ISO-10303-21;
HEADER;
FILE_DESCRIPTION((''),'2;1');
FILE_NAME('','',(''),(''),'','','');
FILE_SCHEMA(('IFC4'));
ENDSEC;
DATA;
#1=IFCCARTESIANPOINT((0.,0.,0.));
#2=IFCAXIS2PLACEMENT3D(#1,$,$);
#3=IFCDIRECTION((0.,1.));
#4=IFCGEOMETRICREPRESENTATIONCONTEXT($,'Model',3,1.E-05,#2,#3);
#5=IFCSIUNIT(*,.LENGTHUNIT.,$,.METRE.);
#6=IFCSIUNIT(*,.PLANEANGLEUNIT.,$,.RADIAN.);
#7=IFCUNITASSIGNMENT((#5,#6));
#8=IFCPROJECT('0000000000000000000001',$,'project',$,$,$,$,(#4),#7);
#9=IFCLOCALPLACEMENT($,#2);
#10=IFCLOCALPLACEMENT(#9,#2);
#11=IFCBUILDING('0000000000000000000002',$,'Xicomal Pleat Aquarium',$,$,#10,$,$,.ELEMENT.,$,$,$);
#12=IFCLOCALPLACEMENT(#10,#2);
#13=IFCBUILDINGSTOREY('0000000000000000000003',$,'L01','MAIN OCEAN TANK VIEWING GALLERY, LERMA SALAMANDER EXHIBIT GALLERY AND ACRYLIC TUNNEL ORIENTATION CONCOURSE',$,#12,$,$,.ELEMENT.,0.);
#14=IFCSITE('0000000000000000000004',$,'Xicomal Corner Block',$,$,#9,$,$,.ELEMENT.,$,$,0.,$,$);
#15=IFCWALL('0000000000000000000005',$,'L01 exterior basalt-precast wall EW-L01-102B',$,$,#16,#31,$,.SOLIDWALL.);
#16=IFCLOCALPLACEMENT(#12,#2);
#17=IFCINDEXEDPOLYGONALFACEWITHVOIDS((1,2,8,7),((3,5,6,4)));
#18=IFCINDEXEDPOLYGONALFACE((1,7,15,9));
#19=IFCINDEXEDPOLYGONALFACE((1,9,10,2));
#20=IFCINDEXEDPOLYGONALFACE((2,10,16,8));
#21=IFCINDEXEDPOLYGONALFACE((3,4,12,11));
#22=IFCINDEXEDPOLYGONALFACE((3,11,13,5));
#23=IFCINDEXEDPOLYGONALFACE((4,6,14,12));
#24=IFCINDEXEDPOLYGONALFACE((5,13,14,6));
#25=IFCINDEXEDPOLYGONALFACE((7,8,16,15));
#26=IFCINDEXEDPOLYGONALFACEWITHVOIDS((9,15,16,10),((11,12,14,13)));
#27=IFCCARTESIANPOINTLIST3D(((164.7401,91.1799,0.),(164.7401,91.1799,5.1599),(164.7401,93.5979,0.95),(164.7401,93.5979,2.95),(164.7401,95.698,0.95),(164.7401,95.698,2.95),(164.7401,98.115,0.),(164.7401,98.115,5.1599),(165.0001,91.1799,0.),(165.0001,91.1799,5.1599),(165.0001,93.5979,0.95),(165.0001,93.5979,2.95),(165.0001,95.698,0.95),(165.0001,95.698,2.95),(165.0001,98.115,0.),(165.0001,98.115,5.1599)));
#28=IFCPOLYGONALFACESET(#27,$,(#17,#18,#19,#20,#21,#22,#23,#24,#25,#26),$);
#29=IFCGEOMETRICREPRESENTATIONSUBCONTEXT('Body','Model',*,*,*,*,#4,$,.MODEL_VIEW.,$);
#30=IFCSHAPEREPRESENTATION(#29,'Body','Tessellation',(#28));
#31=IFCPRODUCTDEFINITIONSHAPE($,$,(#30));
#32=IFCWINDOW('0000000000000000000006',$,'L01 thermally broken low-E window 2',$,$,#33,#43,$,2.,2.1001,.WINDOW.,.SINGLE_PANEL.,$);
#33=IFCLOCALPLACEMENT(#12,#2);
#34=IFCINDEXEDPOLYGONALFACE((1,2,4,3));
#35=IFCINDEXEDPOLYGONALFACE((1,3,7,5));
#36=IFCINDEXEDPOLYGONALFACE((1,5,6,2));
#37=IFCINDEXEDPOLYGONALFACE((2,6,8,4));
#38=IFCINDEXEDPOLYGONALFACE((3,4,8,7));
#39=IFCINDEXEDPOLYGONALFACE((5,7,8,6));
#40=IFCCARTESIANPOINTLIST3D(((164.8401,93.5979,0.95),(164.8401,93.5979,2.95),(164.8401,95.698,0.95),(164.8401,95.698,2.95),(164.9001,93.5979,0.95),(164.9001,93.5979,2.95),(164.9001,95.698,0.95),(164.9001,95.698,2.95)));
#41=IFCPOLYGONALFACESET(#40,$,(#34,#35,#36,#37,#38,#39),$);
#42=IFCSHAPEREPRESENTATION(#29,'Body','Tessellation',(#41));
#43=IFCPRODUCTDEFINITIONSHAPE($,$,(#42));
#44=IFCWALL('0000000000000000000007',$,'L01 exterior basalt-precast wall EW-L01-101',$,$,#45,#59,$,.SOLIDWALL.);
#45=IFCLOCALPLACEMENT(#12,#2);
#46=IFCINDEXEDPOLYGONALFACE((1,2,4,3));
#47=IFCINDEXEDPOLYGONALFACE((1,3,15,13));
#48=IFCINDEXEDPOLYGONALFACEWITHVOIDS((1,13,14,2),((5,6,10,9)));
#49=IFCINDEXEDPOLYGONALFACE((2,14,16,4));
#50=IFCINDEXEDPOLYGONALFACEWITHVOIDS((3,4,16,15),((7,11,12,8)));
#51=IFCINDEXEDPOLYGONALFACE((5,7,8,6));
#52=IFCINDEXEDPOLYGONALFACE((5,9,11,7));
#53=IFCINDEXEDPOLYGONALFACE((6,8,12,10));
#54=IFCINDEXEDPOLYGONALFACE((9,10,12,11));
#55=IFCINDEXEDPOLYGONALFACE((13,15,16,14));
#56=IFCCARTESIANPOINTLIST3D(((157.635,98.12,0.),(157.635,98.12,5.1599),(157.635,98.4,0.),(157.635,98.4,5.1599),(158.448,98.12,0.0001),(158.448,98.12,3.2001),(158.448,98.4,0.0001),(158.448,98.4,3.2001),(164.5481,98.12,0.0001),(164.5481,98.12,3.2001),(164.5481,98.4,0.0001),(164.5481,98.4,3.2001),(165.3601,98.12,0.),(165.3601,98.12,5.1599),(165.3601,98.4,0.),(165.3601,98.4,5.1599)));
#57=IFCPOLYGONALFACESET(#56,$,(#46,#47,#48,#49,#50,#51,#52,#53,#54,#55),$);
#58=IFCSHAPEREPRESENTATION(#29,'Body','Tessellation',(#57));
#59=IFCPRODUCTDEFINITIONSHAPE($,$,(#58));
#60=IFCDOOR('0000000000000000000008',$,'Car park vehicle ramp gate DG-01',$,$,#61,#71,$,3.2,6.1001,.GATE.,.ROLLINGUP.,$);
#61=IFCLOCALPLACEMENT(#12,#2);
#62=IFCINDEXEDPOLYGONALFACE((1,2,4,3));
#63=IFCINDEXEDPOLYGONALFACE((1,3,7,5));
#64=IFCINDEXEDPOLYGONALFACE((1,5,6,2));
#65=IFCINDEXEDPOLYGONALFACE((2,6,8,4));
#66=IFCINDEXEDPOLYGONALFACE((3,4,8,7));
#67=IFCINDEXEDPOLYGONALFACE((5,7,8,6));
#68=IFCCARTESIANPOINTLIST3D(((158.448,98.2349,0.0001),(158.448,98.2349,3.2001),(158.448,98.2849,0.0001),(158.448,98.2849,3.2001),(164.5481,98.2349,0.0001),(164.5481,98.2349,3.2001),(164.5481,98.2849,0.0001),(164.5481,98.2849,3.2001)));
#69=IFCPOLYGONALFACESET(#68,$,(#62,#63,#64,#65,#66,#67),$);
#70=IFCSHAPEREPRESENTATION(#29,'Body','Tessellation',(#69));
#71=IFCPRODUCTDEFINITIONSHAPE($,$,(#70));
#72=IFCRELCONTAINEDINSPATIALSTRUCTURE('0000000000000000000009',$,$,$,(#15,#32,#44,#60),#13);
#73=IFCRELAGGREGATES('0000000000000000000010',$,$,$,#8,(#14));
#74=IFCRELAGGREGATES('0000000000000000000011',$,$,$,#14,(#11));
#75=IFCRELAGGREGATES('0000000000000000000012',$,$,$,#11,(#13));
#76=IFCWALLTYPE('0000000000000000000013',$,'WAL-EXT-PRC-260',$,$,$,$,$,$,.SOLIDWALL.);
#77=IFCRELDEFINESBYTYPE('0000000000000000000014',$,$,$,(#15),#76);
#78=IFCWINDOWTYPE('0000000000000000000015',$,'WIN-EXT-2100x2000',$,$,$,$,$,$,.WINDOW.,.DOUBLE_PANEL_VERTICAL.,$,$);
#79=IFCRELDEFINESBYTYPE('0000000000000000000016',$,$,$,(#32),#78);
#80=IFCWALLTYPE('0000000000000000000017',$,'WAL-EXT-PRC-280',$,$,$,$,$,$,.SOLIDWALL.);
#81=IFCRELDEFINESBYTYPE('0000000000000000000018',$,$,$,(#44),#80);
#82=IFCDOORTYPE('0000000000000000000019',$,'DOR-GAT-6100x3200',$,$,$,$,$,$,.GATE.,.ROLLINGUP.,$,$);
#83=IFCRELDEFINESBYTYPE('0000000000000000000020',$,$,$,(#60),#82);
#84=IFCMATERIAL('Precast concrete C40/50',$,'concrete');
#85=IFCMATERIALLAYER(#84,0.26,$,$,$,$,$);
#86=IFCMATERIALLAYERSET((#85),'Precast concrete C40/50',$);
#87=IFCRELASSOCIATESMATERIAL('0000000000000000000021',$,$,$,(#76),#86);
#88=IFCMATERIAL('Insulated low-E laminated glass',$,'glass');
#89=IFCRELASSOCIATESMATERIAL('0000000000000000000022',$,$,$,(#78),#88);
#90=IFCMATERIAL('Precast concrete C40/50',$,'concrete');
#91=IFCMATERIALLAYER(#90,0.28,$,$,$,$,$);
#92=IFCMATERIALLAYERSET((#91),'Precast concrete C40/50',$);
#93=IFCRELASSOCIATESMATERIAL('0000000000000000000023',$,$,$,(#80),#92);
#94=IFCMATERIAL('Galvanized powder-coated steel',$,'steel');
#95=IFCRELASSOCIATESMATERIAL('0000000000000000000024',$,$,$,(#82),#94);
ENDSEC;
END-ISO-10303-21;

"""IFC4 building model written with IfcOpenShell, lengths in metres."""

from ifc_helpers import new_model, si_unit, direction, frame, frame_2d, origin, place, context, subcontext, project, spatial, rectangle, extrude, material, layer, layer_set, type_object, element, fill, save


model = new_model("IFC4")

# Units and contexts
model_context = context("Model", 3, precision=1e-05, world=origin(), true_north=direction((0.0, 1.0)))
body_context = subcontext(model_context, "Body", "Model", "MODEL_VIEW")
ifc_project = project(units=[si_unit("LENGTHUNIT", "METRE"), si_unit("PLANEANGLEUNIT", "RADIAN")], contexts=[model_context])

# Site, building, storey
site_placement = place(None, origin())
site = spatial("IfcSite", under=ifc_project, at=site_placement, Name="Xicomal Corner Block", CompositionType="ELEMENT", RefElevation=0.0)
building_placement = place(site_placement, origin())
building = spatial("IfcBuilding", under=site, at=building_placement, Name="Xicomal Pleat Aquarium", CompositionType="ELEMENT")
storey_placement = place(building_placement, origin())
storey = spatial("IfcBuildingStorey", under=building, at=storey_placement, Name="L01", Description="MAIN OCEAN TANK VIEWING GALLERY, LERMA SALAMANDER EXHIBIT GALLERY AND ACRYLIC TUNNEL ORIENTATION CONCOURSE", CompositionType="ELEMENT", Elevation=0.0)

# Wall, opening, window
ifc_material_1 = material(Name="Precast concrete C40/50", Category="concrete")
ifc_layer_1 = layer(ifc_material_1, 0.26)
ifc_layer_set_1 = layer_set([ifc_layer_1], Name="Precast concrete C40/50")
wall_type_1 = type_object("IfcWallType", Name="WAL-EXT-PRC-260", PredefinedType="SOLIDWALL", material=ifc_layer_set_1)
wall_1_placement = place(storey_placement, frame((164.8701, 98.115, 0.0), z_axis=(0.0, 0.0, 1.0), x_axis=(0.0, -1.0, 0.0)))
wall_1 = element("IfcWall", 1, at=wall_1_placement, inside=storey, type_object=wall_type_1, Name="L01 exterior basalt-precast wall EW-L01-102B", PredefinedType="SOLIDWALL", context=body_context, shape_type="SweptSolid", body=[
    extrude(rectangle(XDim=6.9351, YDim=0.26, at=frame_2d((3.4675, 0.0))), origin(), (0.0, 0.0, 1.0), 5.1599),
])
opening_1_placement = place(wall_1_placement, frame((2.417, 0.0, 0.95)))
opening_1 = element("IfcOpeningElement", 2, at=opening_1_placement, cuts=wall_1, PredefinedType="OPENING", context=body_context, shape_type="SweptSolid", body=[
    extrude(rectangle(XDim=2.1001, YDim=2.0, at=frame_2d((1.05, 1.0))), frame((0.0, 0.1399, 0.0), z_axis=(0.0, -1.0, 0.0), x_axis=(1.0, 0.0, 0.0)), (0.0, 0.0, 1.0), 0.28),
])
ifc_material_2 = material(Name="Insulated low-E laminated glass", Category="glass")
window_type = type_object("IfcWindowType", Name="WIN-EXT-2100x2000", PartitioningType="DOUBLE_PANEL_VERTICAL", PredefinedType="WINDOW", material=ifc_material_2)
window_placement = place(opening_1_placement, origin())
window = element("IfcWindow", 3, at=window_placement, inside=storey, type_object=window_type, Name="L01 thermally broken low-E window 2", OverallHeight=2.0, OverallWidth=2.1001, PartitioningType="SINGLE_PANEL", PredefinedType="WINDOW", context=body_context, shape_type="SweptSolid", body=[
    extrude(rectangle(XDim=2.1001, YDim=2.0, at=frame_2d((1.05, 1.0))), frame((0.0, 0.03, 0.0), z_axis=(0.0, -1.0, 0.0), x_axis=(1.0, 0.0, 0.0)), (0.0, 0.0, 1.0), 0.0601),
])
fill(opening_1, window)

# Wall, opening, door
ifc_material_3 = material(Name="Precast concrete C40/50", Category="concrete")
ifc_layer_2 = layer(ifc_material_3, 0.28)
ifc_layer_set_2 = layer_set([ifc_layer_2], Name="Precast concrete C40/50")
wall_type_2 = type_object("IfcWallType", Name="WAL-EXT-PRC-280", PredefinedType="SOLIDWALL", material=ifc_layer_set_2)
wall_2_placement = place(storey_placement, frame((157.635, 98.26, 0.0), z_axis=(0.0, 0.0, 1.0), x_axis=(1.0, 0.0, 0.0)))
wall_2 = element("IfcWall", 4, at=wall_2_placement, inside=storey, type_object=wall_type_2, Name="L01 exterior basalt-precast wall EW-L01-101", PredefinedType="SOLIDWALL", context=body_context, shape_type="SweptSolid", body=[
    extrude(rectangle(XDim=7.7251, YDim=0.28, at=frame_2d((3.8625, 0.0))), origin(), (0.0, 0.0, 1.0), 5.1599),
])
opening_2_placement = place(wall_2_placement, frame((0.813, 0.0, 0.0)))
opening_2 = element("IfcOpeningElement", 5, at=opening_2_placement, cuts=wall_2, PredefinedType="OPENING", context=body_context, shape_type="SweptSolid", body=[
    extrude(rectangle(XDim=6.1001, YDim=3.2, at=frame_2d((3.05, 1.6001))), frame((0.0, 0.1499, 0.0), z_axis=(0.0, -1.0, 0.0), x_axis=(1.0, 0.0, 0.0)), (0.0, 0.0, 1.0), 0.3),
])
ifc_material_4 = material(Name="Galvanized powder-coated steel", Category="steel")
door_type_1 = type_object("IfcDoorType", Name="DOR-GAT-6100x3200", OperationType="ROLLINGUP", PredefinedType="GATE", material=ifc_material_4)
door_1_placement = place(opening_2_placement, origin())
door_1 = element("IfcDoor", 6, at=door_1_placement, inside=storey, type_object=door_type_1, Name="Car park vehicle ramp gate DG-01", OperationType="ROLLINGUP", OverallHeight=3.2, OverallWidth=6.1001, PredefinedType="GATE", context=body_context, shape_type="SweptSolid", body=[
    extrude(rectangle(XDim=6.1001, YDim=3.2, at=frame_2d((3.05, 1.6001))), frame((0.0, 0.0249, 0.0), z_axis=(0.0, -1.0, 0.0), x_axis=(1.0, 0.0, 0.0)), (0.0, 0.0, 1.0), 0.05),
])
fill(opening_2, door_1)

save(model, "model.ifc")
